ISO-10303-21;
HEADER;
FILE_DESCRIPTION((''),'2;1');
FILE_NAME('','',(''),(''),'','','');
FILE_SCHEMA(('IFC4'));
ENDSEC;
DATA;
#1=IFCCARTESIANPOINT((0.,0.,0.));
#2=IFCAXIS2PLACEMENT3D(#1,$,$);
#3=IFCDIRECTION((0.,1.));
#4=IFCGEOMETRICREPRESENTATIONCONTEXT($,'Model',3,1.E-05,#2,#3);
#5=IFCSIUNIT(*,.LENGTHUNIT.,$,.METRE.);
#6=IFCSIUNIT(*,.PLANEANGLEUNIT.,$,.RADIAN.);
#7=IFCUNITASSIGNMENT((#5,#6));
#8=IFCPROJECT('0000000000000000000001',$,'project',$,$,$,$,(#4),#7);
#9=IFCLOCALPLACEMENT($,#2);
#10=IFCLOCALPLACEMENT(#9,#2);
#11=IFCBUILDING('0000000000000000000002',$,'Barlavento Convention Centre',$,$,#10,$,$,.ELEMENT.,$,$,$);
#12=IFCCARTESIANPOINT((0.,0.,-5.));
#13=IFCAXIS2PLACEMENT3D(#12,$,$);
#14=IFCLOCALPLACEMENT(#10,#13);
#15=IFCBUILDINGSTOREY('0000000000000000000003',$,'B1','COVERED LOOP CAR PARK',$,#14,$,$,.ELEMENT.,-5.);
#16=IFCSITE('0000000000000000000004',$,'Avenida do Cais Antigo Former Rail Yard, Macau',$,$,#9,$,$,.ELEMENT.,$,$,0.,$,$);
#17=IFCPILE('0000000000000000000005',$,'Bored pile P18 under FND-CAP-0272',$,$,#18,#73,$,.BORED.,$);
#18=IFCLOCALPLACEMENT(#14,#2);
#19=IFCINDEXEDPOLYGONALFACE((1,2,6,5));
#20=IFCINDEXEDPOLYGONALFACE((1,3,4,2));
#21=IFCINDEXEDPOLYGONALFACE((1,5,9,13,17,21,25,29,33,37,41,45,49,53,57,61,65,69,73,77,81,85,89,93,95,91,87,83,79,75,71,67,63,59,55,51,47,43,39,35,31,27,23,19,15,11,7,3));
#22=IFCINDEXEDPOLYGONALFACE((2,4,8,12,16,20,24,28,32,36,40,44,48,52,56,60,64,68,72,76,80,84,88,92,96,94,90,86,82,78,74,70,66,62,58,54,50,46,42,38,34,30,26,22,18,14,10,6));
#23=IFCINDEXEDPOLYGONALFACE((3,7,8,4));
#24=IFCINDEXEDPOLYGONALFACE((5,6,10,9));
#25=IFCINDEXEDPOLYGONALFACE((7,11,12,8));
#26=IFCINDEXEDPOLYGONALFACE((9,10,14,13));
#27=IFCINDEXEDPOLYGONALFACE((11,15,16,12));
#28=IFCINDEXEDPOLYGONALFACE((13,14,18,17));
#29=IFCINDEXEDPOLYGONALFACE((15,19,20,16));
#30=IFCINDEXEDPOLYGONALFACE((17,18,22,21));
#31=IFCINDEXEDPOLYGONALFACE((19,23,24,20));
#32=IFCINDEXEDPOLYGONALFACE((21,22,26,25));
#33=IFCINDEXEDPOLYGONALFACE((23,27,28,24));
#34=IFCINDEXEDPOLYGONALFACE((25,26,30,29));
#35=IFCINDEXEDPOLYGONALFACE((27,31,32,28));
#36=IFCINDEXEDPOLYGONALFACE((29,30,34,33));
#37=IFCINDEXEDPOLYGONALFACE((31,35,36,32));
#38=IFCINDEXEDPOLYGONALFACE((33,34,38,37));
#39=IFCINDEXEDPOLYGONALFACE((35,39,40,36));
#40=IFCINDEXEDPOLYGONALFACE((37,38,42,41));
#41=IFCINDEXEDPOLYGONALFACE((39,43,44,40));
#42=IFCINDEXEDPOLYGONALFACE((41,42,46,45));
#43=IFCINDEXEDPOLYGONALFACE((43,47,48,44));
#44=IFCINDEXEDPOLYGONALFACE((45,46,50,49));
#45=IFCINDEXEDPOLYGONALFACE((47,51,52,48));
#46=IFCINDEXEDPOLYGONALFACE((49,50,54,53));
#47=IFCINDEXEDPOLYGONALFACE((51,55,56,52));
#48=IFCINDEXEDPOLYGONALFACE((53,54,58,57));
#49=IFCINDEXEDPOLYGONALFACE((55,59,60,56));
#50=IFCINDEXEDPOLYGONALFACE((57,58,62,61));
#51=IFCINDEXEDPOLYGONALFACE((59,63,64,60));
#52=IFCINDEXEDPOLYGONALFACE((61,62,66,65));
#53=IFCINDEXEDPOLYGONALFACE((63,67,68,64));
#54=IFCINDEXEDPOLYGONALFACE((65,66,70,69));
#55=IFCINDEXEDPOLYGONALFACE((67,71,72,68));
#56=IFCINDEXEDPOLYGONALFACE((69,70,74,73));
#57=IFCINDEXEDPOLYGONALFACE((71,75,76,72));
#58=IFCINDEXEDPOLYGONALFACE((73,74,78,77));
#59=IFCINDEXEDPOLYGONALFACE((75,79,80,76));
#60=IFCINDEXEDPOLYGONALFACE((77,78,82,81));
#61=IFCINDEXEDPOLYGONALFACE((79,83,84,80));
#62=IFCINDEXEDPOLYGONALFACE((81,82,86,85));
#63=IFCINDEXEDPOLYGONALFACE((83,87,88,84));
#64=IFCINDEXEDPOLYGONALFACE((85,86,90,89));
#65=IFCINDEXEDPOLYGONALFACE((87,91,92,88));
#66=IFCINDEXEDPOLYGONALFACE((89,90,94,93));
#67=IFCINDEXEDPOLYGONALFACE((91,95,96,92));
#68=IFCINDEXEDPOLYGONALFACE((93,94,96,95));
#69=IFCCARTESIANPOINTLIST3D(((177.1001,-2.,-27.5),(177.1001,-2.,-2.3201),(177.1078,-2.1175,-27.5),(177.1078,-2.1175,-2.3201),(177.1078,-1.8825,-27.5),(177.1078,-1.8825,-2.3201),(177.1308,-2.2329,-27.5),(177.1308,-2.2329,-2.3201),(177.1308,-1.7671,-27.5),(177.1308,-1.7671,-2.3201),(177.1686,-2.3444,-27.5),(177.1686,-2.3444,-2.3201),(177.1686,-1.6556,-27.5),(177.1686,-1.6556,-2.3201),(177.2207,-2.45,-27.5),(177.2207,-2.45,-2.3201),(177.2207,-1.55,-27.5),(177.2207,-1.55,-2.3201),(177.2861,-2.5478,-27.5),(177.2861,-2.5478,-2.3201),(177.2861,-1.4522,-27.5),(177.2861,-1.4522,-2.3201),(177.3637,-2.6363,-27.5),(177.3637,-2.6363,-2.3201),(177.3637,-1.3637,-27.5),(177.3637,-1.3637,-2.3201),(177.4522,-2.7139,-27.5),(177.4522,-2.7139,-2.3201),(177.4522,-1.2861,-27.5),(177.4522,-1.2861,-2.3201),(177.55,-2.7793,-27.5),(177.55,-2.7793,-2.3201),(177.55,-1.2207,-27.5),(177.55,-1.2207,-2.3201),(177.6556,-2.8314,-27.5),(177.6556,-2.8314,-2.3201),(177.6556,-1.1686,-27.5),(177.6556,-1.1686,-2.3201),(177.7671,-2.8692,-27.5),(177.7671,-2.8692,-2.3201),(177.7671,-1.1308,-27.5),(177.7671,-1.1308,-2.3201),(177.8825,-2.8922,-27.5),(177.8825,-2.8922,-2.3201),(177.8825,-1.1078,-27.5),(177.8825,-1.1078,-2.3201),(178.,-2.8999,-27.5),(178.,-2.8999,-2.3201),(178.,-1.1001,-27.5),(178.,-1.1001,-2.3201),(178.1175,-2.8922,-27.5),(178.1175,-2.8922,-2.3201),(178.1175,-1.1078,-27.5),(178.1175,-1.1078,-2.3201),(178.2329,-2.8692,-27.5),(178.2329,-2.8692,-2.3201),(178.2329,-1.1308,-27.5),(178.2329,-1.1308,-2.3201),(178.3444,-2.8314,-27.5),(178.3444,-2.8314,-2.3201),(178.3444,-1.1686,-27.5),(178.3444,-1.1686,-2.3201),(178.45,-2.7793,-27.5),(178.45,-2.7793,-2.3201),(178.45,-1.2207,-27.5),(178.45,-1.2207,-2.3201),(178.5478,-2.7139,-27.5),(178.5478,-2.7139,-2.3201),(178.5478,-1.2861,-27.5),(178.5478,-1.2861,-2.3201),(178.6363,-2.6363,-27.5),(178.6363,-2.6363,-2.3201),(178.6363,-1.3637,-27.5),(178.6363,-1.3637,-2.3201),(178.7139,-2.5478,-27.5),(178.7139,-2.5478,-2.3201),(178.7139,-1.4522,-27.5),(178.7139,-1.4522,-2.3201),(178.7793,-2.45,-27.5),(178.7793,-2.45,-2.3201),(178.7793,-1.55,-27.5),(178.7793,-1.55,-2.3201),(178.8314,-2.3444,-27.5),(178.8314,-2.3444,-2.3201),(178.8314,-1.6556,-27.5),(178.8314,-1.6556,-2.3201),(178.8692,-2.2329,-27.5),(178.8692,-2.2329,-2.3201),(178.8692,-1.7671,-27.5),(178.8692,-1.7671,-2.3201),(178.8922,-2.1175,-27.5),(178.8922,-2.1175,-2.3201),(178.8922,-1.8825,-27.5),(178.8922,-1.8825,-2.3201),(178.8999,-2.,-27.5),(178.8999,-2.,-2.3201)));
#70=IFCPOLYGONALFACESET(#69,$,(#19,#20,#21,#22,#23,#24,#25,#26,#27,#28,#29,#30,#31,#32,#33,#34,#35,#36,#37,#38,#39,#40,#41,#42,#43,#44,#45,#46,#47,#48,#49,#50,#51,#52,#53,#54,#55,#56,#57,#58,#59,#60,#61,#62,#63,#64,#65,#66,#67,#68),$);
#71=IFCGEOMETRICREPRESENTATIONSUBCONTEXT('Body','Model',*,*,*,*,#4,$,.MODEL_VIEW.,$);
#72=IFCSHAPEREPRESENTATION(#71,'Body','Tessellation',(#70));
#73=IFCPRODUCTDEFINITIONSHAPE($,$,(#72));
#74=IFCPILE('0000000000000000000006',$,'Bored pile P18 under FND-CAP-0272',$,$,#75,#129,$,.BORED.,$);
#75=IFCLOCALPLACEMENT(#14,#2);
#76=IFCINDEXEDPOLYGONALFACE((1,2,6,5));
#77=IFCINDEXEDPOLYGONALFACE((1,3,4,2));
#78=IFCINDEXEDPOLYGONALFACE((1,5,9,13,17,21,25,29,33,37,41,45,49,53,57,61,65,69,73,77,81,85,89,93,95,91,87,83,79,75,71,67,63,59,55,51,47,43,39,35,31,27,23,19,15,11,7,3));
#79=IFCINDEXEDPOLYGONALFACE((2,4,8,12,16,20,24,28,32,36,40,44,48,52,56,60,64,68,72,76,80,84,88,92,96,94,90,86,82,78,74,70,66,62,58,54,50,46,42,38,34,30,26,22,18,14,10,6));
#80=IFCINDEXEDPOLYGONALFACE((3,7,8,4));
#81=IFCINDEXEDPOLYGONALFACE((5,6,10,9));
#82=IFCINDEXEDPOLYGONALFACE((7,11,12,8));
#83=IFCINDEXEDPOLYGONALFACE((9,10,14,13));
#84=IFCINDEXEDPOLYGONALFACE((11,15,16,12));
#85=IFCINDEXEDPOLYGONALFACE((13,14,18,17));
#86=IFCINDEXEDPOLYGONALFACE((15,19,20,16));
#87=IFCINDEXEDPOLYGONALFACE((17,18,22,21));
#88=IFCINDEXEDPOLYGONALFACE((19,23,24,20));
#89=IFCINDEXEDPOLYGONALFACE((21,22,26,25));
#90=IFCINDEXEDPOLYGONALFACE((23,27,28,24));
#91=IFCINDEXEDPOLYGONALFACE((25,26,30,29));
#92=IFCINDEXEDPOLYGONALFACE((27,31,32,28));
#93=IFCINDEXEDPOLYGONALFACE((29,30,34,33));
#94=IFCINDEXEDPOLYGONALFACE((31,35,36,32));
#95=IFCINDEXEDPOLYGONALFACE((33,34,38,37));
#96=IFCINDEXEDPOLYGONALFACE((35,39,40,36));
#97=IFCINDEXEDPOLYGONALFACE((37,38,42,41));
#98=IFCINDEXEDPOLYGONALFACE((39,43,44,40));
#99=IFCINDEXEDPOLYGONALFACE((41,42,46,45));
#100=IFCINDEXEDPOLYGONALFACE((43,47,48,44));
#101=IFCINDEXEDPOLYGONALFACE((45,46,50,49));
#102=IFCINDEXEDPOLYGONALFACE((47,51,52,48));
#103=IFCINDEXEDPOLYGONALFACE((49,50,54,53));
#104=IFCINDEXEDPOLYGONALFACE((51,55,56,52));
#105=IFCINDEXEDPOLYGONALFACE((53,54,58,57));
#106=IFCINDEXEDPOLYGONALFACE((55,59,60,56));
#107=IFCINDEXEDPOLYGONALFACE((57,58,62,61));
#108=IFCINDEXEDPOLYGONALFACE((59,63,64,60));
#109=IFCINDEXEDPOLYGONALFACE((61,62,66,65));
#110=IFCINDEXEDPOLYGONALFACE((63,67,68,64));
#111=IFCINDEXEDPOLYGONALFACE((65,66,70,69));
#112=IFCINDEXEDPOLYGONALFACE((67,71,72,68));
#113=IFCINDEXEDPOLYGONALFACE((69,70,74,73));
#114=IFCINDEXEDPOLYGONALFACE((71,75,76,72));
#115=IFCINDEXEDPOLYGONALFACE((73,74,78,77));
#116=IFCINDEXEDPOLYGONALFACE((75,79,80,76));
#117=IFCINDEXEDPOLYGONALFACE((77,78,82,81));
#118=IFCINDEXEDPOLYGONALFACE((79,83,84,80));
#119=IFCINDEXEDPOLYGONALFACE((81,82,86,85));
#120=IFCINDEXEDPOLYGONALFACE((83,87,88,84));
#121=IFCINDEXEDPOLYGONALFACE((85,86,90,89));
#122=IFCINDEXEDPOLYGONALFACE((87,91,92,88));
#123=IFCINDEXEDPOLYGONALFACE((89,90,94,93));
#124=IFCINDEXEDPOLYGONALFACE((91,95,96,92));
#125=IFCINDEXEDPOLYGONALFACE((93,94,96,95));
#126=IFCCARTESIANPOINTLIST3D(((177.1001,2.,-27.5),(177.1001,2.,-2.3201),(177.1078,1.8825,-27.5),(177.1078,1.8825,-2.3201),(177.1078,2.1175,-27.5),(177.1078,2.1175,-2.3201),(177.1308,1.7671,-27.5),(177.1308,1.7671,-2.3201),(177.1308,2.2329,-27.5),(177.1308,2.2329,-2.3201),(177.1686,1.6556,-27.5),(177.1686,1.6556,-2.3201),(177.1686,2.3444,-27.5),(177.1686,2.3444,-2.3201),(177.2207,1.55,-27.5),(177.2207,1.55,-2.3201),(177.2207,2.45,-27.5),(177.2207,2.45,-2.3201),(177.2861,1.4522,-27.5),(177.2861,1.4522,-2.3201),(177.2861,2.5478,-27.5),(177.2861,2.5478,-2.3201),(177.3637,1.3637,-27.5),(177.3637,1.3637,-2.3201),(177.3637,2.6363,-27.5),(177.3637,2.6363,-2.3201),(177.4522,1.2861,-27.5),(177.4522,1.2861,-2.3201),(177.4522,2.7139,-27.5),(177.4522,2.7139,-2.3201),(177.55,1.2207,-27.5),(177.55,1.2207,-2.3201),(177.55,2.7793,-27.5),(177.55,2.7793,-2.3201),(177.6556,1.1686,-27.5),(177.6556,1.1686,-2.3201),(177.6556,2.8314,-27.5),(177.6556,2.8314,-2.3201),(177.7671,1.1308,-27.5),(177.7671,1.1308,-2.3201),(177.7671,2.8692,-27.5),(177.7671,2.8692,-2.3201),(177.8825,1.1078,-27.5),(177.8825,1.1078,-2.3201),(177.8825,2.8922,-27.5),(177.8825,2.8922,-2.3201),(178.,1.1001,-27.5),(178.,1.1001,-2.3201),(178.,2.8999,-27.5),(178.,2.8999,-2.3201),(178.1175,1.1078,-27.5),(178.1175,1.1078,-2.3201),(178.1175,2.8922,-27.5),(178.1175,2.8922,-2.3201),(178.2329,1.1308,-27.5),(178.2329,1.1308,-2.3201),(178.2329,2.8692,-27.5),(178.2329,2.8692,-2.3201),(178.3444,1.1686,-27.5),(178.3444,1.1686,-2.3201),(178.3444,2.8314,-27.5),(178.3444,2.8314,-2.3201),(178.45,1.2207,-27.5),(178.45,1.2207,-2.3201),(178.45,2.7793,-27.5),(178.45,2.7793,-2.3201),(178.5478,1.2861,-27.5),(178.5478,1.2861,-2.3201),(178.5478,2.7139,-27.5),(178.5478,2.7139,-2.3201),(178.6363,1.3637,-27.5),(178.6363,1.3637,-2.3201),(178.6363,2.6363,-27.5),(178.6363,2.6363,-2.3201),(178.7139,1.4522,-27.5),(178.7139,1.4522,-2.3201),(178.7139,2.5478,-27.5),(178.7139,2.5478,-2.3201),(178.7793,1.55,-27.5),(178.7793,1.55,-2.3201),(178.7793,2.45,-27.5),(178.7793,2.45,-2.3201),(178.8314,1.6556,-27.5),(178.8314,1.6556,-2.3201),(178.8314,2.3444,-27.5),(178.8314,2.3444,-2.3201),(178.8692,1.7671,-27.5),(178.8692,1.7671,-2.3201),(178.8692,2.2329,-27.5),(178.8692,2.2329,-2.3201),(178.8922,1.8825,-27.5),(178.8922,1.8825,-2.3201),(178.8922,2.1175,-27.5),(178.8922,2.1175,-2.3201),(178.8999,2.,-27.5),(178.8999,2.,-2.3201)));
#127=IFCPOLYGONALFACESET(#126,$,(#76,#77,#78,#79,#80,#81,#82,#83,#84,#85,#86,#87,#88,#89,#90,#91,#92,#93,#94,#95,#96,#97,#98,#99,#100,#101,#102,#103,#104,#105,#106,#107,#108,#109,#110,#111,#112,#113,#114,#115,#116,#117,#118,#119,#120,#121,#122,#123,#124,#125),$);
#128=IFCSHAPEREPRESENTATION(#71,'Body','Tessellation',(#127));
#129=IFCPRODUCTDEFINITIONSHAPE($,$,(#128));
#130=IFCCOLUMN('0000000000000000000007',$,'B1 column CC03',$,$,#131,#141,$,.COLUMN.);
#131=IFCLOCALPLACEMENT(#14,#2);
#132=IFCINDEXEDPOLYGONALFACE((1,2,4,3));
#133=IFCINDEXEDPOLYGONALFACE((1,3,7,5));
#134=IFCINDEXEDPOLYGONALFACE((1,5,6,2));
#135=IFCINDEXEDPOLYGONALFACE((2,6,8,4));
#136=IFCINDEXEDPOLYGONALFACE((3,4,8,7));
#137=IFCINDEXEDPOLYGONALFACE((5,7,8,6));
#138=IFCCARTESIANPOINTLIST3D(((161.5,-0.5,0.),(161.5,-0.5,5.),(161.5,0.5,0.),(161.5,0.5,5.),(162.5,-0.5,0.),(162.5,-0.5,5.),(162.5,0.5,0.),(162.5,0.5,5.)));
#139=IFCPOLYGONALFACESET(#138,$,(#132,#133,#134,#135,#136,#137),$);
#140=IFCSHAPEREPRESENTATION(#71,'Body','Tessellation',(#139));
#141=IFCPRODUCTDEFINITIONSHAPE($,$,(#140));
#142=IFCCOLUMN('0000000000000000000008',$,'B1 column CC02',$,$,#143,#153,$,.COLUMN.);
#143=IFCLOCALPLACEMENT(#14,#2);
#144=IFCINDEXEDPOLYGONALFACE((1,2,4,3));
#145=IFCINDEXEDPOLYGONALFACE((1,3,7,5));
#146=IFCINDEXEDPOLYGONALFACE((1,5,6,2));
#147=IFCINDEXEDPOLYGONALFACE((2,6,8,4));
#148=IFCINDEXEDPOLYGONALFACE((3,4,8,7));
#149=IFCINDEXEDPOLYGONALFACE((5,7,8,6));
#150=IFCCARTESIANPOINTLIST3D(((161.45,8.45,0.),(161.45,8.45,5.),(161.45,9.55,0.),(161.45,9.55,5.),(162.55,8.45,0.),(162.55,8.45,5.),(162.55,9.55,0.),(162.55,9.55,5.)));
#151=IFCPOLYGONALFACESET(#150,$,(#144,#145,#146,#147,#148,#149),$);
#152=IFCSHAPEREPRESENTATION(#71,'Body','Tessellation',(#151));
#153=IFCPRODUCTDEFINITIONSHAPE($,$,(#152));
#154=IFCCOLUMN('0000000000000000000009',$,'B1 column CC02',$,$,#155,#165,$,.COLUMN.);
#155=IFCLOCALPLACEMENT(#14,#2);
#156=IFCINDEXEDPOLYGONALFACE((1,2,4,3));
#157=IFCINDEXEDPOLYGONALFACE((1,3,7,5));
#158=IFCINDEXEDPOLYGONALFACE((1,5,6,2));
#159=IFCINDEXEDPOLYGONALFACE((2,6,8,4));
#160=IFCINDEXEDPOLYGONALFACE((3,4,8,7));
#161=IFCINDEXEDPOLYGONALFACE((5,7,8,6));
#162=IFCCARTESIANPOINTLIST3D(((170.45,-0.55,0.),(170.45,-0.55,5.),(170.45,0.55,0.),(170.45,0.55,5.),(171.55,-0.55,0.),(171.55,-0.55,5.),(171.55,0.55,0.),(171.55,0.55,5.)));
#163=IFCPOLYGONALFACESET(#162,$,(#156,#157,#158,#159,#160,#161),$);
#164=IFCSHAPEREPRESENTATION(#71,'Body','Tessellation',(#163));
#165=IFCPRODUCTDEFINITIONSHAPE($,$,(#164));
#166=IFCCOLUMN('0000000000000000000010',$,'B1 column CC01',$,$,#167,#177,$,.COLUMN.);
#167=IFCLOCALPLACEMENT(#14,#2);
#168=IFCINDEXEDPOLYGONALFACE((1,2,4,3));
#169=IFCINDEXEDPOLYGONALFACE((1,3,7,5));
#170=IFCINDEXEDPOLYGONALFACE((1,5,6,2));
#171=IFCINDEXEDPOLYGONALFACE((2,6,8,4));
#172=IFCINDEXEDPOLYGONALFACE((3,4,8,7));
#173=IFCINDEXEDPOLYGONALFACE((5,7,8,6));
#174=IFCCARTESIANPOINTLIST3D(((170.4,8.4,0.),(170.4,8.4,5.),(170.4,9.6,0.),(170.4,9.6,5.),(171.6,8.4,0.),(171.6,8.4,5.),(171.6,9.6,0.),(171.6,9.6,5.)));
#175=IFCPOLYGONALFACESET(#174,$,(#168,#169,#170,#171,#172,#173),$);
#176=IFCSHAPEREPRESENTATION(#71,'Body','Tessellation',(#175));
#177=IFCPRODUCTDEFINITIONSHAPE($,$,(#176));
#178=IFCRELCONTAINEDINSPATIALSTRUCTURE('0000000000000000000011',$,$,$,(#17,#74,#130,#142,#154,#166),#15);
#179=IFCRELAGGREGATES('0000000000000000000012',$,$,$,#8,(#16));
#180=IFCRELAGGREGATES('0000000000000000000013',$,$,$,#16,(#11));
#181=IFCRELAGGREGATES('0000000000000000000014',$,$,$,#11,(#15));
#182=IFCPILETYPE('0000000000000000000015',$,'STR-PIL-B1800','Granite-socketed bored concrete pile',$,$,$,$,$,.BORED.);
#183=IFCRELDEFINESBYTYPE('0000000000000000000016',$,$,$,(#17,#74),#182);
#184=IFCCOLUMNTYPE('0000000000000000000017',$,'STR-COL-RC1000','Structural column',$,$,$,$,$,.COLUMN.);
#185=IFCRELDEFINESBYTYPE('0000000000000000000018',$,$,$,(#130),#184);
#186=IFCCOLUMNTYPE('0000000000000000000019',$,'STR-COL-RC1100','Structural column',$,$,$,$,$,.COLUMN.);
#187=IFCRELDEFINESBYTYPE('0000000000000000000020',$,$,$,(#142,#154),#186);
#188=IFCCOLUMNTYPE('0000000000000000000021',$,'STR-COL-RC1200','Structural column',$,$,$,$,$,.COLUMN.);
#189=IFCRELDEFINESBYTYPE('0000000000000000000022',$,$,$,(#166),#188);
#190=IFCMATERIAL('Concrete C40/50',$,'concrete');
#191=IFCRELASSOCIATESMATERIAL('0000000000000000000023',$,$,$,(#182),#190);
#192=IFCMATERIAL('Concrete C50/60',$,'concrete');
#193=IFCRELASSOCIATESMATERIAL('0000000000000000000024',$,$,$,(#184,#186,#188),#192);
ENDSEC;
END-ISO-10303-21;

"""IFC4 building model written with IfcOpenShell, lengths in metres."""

from ifc_helpers import new_model, si_unit, direction, frame, origin, origin_2d, place, context, subcontext, project, spatial, rectangle, circle, extrude, material, material_profile, profile_set, type_object, element, save


model = new_model("IFC4")

# Units and contexts
model_context = context("Model", 3, precision=1e-05, world=origin(), true_north=direction((0.0, 1.0)))
body_context = subcontext(model_context, "Body", "Model", "MODEL_VIEW")
ifc_project = project(units=[si_unit("LENGTHUNIT", "METRE"), si_unit("PLANEANGLEUNIT", "RADIAN")], contexts=[model_context])

# Site, building, storey
site_placement = place(None, origin())
site = spatial("IfcSite", under=ifc_project, at=site_placement, Name="Avenida do Cais Antigo Former Rail Yard, Macau", CompositionType="ELEMENT", RefElevation=0.0)
building_placement = place(site_placement, origin())
building = spatial("IfcBuilding", under=site, at=building_placement, Name="Barlavento Convention Centre", CompositionType="ELEMENT")
storey_placement = place(building_placement, frame((0.0, 0.0, -5.0)))
storey = spatial("IfcBuildingStorey", under=building, at=storey_placement, Name="B1", Description="COVERED LOOP CAR PARK", CompositionType="ELEMENT", Elevation=-5.0)

# Shared definitions
ifc_material_1 = material(Name="Concrete C40/50", Category="concrete")

# Piles
ifc_material_profile_1 = material_profile(ifc_material_1, circle(Radius=0.8999, at=origin_2d()), Name="BORED PILE 1800")
ifc_profile_set_1 = profile_set([ifc_material_profile_1], Name="Concrete C40/50")
pile_type_1 = type_object("IfcPileType", Name="STR-PIL-B1800", Description="Granite-socketed bored concrete pile", PredefinedType="BORED", material=ifc_profile_set_1)
for number, where, z_axis, x_axis, name in (
    (1, (178.0, -2.0, -2.3201), (0.0, 0.0, -1.0), (1.0, 0.0, 0.0), "Bored pile P18 under FND-CAP-0272"),
    (2, (178.0, 2.0, -2.3201), (0.0, 0.0, -1.0), (1.0, 0.0, 0.0), "Bored pile P18 under FND-CAP-0272"),
):
    element("IfcPile", number, at=place(storey_placement, frame(where, z_axis=z_axis, x_axis=x_axis)), inside=storey, type_object=pile_type_1, Name=name, PredefinedType="BORED", context=body_context, shape_type="SweptSolid", body=[
        extrude(circle(Radius=0.8999, at=origin_2d()), origin(), (0.0, 0.0, 1.0), 25.1799),
    ])

# Columns
ifc_material_2 = material(Name="Concrete C50/60", Category="concrete")
ifc_material_profile_2 = material_profile(ifc_material_2, rectangle(XDim=1.0, YDim=1.0, at=origin_2d()), Name="RC 1000x1000")
ifc_profile_set_2 = profile_set([ifc_material_profile_2], Name="Concrete C50/60")
column_type_1 = type_object("IfcColumnType", Name="STR-COL-RC1000", Description="Structural column", PredefinedType="COLUMN", material=ifc_profile_set_2)
column_1_placement = place(storey_placement, frame((162.0, 0.0, 0.0), z_axis=(0.0, 0.0, 1.0), x_axis=(1.0, 0.0, 0.0)))
element("IfcColumn", 3, at=column_1_placement, inside=storey, type_object=column_type_1, Name="B1 column CC03", PredefinedType="COLUMN", context=body_context, shape_type="SweptSolid", body=[
    extrude(rectangle(XDim=1.0, YDim=1.0, at=origin_2d()), origin(), (0.0, 0.0, 1.0), 5.0),
])
ifc_material_profile_3 = material_profile(ifc_material_2, rectangle(XDim=1.1001, YDim=1.1001, at=origin_2d()), Name="RC 1100x1100")
ifc_profile_set_3 = profile_set([ifc_material_profile_3], Name="Concrete C50/60")
column_type_2 = type_object("IfcColumnType", Name="STR-COL-RC1100", Description="Structural column", PredefinedType="COLUMN", material=ifc_profile_set_3)
for number, where, z_axis, x_axis, name in (
    (4, (162.0, 9.0, 0.0), (0.0, 0.0, 1.0), (1.0, 0.0, 0.0), "B1 column CC02"),
    (5, (171.0, 0.0, 0.0), (0.0, 0.0, 1.0), (1.0, 0.0, 0.0), "B1 column CC02"),
):
    element("IfcColumn", number, at=place(storey_placement, frame(where, z_axis=z_axis, x_axis=x_axis)), inside=storey, type_object=column_type_2, Name=name, PredefinedType="COLUMN", context=body_context, shape_type="SweptSolid", body=[
        extrude(rectangle(XDim=1.1001, YDim=1.1001, at=origin_2d()), origin(), (0.0, 0.0, 1.0), 5.0),
    ])
ifc_material_profile_4 = material_profile(ifc_material_2, rectangle(XDim=1.2, YDim=1.2, at=origin_2d()), Name="RC 1200x1200")
ifc_profile_set_4 = profile_set([ifc_material_profile_4], Name="Concrete C50/60")
column_type_3 = type_object("IfcColumnType", Name="STR-COL-RC1200", Description="Structural column", PredefinedType="COLUMN", material=ifc_profile_set_4)
column_2_placement = place(storey_placement, frame((171.0, 9.0, 0.0), z_axis=(0.0, 0.0, 1.0), x_axis=(1.0, 0.0, 0.0)))
element("IfcColumn", 6, at=column_2_placement, inside=storey, type_object=column_type_3, Name="B1 column CC01", PredefinedType="COLUMN", context=body_context, shape_type="SweptSolid", body=[
    extrude(rectangle(XDim=1.2, YDim=1.2, at=origin_2d()), origin(), (0.0, 0.0, 1.0), 5.0),
])

save(model, "model.ifc")
